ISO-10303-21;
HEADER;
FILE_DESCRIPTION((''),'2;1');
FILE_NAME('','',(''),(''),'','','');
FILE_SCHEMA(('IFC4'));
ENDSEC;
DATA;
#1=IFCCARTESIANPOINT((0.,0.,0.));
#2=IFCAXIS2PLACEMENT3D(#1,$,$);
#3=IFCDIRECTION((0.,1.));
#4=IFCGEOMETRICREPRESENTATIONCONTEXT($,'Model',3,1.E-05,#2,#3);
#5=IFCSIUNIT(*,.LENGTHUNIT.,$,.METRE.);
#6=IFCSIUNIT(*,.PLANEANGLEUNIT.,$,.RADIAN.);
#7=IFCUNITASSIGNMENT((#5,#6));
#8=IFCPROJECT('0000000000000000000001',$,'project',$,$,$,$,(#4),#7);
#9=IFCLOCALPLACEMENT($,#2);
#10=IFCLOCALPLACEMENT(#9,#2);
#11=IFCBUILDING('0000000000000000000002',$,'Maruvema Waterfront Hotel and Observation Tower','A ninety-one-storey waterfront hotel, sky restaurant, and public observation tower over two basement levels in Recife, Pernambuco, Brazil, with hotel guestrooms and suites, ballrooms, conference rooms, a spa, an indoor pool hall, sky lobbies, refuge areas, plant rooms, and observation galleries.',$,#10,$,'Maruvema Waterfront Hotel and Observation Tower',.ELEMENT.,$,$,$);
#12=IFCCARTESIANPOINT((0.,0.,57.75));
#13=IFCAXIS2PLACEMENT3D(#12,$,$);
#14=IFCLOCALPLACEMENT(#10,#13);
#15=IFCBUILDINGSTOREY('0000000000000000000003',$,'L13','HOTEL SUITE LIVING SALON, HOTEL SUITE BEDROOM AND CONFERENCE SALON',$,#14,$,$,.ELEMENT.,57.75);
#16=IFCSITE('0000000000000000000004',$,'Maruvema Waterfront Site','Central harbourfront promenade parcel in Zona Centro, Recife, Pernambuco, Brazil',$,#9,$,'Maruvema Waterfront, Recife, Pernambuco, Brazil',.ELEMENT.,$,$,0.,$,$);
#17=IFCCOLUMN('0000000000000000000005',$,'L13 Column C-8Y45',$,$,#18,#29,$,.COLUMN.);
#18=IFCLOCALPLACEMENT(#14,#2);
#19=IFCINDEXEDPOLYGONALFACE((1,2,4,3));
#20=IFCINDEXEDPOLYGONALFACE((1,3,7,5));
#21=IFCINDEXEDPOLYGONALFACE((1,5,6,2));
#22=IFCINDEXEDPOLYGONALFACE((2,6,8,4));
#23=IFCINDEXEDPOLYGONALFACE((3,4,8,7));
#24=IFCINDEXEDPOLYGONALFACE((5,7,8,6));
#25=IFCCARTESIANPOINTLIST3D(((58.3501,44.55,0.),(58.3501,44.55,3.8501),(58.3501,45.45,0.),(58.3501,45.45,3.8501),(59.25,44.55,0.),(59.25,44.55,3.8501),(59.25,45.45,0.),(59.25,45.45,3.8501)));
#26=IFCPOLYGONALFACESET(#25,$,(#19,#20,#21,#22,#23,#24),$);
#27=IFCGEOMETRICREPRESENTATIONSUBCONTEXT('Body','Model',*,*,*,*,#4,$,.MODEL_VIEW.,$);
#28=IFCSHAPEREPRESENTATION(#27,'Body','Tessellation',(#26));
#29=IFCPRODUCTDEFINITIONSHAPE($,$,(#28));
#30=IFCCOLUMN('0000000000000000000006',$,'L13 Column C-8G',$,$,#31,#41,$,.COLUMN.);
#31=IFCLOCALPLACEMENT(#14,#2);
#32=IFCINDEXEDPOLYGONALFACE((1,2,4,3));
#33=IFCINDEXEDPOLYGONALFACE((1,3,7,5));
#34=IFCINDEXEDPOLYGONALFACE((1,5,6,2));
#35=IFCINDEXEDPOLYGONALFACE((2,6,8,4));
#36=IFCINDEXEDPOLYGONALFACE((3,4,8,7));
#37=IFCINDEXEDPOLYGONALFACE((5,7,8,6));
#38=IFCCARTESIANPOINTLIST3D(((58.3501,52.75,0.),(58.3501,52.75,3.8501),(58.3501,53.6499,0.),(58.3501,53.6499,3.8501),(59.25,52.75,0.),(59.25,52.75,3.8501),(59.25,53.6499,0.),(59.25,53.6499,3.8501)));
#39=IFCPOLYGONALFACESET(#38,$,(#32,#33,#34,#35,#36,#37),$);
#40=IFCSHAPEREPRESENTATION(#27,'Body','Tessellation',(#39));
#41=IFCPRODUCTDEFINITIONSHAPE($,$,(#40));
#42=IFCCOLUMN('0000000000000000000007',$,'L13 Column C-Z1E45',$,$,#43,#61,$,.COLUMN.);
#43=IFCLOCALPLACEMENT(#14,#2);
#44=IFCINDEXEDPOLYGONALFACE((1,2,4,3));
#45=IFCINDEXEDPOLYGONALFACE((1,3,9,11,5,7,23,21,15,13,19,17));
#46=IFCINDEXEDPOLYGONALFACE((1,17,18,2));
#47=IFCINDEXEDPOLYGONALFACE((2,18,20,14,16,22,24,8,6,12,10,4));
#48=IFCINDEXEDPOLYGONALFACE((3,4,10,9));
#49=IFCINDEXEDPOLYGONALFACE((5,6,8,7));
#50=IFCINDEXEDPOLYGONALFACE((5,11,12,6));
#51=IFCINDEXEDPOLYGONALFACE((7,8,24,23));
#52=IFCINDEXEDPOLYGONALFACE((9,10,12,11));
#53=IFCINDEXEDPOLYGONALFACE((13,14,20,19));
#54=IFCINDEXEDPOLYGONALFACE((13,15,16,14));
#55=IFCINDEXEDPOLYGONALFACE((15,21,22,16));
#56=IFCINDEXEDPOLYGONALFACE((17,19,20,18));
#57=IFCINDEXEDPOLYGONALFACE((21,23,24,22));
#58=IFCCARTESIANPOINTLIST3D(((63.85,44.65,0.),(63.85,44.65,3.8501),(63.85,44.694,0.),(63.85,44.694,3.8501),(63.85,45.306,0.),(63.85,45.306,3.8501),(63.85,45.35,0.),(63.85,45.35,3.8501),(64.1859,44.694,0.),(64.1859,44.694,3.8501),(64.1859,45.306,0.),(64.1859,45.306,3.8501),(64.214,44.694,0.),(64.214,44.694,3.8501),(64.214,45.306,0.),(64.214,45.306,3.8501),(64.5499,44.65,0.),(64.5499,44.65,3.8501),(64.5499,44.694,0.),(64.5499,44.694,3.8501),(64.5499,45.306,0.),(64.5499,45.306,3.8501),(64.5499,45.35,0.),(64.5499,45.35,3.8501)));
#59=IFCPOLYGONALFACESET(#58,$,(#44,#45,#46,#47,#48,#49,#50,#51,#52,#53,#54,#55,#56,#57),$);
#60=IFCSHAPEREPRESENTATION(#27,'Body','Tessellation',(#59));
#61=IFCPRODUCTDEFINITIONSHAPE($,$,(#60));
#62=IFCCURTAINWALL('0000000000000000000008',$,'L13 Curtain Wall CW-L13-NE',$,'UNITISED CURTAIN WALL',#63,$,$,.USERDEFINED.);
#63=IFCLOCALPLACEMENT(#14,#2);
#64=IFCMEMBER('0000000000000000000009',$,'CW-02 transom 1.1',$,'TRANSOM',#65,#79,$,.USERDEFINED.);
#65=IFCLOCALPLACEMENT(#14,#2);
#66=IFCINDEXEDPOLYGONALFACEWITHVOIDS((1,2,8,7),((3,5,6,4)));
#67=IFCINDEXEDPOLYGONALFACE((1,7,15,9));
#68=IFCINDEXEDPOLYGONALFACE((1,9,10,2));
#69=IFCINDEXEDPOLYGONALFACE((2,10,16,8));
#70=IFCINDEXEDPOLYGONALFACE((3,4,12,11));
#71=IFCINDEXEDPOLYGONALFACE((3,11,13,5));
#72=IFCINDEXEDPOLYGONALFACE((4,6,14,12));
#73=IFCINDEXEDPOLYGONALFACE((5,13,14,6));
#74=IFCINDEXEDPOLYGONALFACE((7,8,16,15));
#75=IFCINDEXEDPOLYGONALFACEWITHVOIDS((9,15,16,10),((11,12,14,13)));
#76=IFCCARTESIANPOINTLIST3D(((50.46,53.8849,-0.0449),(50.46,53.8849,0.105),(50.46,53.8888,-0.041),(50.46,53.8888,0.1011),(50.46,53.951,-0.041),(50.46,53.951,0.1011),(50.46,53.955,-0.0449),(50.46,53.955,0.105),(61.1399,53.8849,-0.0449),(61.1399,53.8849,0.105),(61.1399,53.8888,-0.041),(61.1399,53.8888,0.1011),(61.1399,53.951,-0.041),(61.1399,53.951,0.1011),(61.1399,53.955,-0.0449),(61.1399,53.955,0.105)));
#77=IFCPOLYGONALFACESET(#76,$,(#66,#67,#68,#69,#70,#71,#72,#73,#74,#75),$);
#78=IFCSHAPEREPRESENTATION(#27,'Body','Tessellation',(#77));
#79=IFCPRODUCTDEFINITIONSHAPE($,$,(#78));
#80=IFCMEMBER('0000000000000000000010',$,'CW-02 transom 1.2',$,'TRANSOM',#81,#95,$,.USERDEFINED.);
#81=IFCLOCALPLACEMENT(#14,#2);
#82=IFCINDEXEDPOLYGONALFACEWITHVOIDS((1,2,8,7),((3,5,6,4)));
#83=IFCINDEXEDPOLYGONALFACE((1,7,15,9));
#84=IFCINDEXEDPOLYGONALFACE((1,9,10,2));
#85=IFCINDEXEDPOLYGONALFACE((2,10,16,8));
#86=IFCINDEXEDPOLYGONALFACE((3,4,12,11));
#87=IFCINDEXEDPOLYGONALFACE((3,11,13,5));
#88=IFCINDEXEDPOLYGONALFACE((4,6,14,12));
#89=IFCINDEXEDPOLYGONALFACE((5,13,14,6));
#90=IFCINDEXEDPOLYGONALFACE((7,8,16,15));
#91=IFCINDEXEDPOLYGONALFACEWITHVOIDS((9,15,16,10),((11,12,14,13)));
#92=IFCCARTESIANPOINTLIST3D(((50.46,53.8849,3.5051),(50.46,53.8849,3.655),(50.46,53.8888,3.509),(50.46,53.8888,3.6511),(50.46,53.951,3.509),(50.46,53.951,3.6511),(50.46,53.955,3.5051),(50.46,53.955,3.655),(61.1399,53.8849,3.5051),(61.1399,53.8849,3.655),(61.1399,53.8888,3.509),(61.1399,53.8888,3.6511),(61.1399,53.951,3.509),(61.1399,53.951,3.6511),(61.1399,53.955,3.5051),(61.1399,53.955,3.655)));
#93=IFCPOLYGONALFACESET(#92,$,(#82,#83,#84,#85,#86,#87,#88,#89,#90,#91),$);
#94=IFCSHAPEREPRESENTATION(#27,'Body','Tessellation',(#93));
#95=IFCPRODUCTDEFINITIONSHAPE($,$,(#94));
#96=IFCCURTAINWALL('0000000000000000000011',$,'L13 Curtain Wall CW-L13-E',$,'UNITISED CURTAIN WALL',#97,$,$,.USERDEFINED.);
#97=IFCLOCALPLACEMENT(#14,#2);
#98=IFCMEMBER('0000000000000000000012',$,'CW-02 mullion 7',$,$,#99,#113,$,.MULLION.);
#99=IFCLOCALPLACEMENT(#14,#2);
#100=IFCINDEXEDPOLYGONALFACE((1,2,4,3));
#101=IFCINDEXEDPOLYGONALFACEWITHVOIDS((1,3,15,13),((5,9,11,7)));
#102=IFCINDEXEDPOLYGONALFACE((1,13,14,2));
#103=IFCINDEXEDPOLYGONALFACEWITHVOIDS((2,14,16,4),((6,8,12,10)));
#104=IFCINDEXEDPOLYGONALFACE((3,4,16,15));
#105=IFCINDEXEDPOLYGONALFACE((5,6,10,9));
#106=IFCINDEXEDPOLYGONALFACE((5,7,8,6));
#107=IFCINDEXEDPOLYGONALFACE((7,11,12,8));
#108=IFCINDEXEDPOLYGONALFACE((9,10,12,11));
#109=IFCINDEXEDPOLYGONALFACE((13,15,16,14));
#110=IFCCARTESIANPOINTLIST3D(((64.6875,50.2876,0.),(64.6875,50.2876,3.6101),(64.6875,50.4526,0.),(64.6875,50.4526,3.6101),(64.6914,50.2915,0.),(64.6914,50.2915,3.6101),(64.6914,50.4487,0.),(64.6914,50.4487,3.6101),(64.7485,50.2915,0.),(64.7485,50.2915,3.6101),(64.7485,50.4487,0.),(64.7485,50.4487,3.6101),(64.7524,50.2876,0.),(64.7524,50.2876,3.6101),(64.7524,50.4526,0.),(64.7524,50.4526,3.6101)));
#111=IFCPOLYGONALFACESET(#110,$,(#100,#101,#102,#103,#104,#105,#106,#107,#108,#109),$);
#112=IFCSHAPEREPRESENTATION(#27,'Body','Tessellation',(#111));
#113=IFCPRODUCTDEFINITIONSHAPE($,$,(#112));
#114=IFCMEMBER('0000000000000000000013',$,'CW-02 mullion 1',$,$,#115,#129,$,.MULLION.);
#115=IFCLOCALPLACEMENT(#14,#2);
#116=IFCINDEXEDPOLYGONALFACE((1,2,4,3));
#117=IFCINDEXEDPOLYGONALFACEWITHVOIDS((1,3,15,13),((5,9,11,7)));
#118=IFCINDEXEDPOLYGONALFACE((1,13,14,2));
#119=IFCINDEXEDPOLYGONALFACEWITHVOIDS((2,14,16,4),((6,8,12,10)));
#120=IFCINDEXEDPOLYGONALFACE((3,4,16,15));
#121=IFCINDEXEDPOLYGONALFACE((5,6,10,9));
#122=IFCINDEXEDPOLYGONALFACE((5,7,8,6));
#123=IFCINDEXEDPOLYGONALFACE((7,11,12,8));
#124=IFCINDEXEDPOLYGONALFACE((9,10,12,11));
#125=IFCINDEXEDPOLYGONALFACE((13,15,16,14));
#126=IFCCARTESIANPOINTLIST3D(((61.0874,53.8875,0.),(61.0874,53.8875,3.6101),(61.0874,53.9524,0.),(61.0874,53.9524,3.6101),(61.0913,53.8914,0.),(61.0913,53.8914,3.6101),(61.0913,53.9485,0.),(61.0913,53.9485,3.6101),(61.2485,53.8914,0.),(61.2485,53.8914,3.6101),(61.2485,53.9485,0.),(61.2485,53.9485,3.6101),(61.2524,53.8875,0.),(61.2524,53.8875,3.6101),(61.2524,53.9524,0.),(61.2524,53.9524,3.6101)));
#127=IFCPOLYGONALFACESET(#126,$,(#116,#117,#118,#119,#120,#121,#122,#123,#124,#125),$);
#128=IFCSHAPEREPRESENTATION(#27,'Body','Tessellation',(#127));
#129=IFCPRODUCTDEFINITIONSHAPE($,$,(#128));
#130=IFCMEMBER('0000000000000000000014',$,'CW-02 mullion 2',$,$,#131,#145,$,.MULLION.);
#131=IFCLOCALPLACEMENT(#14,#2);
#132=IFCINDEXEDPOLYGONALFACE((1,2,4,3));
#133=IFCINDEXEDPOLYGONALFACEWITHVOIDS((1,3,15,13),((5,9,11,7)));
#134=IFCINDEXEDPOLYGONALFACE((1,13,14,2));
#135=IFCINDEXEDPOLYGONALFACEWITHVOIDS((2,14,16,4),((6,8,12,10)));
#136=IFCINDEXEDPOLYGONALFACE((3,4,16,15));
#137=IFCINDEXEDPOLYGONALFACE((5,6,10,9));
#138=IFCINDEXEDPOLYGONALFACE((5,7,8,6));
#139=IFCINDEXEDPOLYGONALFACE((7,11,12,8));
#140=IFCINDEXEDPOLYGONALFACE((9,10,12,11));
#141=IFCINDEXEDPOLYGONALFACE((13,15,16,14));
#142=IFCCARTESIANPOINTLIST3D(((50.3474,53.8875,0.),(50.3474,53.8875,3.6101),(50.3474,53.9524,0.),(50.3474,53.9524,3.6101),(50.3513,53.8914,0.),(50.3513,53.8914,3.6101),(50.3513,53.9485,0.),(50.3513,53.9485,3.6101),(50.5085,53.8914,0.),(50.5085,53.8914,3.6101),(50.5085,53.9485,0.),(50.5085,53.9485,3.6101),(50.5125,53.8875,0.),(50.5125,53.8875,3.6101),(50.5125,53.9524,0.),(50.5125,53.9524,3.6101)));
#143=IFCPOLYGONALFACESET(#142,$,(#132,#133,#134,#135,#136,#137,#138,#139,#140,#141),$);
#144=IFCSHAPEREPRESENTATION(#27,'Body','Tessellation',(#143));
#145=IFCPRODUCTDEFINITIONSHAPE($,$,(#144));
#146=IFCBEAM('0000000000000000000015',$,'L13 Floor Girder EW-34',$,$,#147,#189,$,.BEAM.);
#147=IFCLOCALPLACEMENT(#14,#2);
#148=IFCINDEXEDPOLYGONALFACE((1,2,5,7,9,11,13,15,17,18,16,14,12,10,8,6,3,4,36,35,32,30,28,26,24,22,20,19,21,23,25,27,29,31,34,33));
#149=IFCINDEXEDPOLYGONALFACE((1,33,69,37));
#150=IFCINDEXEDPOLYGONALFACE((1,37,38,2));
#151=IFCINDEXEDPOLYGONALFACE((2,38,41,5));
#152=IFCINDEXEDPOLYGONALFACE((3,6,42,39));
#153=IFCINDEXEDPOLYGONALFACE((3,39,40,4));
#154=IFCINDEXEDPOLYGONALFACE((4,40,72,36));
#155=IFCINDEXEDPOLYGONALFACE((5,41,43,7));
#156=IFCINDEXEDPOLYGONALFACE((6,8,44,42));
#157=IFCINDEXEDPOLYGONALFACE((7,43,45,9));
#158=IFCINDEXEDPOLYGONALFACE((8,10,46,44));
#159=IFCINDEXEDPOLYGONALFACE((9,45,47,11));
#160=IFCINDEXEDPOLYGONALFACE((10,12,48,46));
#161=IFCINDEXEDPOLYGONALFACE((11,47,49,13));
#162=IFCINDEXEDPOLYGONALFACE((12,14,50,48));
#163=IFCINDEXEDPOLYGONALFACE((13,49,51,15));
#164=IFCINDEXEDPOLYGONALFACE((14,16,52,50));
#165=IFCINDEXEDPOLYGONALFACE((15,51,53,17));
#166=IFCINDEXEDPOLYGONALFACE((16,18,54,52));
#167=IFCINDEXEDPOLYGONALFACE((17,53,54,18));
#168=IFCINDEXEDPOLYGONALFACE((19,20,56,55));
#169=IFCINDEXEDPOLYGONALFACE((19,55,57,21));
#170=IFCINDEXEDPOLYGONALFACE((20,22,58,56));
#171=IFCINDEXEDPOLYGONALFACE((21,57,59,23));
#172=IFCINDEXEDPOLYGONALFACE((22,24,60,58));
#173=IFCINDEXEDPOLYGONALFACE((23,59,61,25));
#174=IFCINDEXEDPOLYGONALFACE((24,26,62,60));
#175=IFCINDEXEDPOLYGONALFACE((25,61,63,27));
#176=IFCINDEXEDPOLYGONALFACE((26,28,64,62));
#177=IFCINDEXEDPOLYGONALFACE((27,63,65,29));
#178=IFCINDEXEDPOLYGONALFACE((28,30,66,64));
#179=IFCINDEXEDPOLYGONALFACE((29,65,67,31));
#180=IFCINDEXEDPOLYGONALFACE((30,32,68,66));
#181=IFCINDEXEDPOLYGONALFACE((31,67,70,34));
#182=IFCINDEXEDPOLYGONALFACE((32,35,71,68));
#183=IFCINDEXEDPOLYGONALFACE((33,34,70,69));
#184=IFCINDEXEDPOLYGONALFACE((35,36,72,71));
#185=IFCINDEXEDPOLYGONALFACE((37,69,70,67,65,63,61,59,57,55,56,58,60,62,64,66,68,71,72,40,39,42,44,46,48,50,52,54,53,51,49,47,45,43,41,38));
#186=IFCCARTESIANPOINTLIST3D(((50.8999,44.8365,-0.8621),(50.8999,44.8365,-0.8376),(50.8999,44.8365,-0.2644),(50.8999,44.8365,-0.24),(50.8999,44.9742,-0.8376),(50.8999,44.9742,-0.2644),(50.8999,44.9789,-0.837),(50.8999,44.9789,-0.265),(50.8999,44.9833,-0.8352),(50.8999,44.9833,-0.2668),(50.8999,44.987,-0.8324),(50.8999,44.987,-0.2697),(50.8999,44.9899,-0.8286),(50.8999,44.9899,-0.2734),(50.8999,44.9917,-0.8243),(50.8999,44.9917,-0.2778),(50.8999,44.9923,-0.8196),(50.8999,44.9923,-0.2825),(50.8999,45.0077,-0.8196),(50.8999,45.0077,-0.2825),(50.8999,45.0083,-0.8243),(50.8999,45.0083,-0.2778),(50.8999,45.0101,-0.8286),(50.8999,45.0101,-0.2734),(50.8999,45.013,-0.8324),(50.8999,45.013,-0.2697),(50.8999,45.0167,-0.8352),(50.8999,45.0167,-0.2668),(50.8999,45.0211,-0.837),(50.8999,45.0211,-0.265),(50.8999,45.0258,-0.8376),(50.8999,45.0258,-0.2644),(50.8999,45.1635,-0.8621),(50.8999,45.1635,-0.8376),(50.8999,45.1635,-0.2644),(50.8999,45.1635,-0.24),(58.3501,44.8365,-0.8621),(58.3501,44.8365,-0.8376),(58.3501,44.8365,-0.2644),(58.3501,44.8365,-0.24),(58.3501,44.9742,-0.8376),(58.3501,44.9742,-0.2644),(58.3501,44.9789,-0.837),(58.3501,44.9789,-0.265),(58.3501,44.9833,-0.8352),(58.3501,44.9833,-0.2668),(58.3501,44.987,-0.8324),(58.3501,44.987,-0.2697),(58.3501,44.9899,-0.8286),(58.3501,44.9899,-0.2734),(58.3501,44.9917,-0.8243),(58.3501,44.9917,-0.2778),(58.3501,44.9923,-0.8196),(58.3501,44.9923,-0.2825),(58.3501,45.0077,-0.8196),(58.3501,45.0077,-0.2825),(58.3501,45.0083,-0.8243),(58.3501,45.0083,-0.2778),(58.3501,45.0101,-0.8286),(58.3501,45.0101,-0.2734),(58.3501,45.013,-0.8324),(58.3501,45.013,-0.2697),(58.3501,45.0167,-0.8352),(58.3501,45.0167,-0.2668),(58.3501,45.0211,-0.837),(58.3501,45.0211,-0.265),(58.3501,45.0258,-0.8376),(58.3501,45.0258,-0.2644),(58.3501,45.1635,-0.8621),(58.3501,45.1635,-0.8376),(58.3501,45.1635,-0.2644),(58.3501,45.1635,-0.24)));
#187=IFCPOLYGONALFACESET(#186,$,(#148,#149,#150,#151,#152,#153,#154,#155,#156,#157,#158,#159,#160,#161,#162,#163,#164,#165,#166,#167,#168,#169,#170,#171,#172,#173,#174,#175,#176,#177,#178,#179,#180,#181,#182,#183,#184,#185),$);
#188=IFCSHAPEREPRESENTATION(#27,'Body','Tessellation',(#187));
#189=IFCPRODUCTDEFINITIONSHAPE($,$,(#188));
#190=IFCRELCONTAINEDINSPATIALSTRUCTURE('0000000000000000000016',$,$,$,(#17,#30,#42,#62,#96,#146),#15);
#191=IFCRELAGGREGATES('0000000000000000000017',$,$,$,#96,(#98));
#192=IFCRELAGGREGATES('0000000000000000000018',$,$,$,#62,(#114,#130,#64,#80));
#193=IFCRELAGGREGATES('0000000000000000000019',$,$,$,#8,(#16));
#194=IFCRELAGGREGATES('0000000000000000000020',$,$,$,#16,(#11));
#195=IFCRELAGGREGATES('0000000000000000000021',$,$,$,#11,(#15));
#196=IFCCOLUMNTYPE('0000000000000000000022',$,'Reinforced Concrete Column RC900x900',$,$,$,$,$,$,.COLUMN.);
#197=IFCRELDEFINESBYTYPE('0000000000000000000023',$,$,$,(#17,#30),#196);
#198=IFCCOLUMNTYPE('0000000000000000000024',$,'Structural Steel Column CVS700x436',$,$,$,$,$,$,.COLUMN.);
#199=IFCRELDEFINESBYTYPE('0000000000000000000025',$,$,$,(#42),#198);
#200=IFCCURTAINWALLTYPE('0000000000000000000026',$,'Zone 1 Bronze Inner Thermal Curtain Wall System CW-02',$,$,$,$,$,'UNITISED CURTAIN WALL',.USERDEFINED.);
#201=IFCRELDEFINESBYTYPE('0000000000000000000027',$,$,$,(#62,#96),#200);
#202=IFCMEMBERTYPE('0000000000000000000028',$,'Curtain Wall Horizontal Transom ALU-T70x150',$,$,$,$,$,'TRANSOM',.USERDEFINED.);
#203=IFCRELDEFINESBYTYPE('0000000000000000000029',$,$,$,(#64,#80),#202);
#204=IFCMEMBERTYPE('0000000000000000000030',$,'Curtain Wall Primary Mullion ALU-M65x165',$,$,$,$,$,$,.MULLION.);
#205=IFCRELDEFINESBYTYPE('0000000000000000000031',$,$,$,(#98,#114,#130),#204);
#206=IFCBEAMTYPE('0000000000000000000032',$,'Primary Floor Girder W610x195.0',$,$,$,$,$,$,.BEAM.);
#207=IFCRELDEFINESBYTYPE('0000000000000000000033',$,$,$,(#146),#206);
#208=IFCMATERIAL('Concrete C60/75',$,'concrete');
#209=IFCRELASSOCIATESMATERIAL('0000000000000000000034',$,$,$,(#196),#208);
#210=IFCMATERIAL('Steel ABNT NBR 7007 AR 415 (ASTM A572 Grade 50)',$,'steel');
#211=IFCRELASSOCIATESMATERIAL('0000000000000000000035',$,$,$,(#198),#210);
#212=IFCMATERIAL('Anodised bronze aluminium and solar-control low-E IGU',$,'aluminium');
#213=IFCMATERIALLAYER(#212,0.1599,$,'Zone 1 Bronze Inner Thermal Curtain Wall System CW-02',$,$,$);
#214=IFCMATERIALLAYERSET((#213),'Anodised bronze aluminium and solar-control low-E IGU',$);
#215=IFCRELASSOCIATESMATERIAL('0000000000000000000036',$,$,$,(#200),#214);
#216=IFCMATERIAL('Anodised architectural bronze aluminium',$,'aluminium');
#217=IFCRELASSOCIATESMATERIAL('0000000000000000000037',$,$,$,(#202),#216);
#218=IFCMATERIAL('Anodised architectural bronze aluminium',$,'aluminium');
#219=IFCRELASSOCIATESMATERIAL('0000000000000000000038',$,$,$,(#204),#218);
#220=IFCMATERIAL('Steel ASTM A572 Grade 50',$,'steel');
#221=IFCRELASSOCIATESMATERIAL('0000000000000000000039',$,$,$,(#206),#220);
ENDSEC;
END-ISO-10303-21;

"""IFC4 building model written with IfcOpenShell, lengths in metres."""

from ifc_helpers import new_model, si_unit, direction, frame, origin, origin_2d, place, context, subcontext, project, spatial, rectangle, hollow_rectangle, i_section, extrude, material, layer, layer_set, material_profile, profile_set, type_object, element, aggregate, save


model = new_model("IFC4")

# Units and contexts
model_context = context("Model", 3, precision=1e-05, world=origin(), true_north=direction((0.0, 1.0)))
body_context = subcontext(model_context, "Body", "Model", "MODEL_VIEW")
ifc_project = project(units=[si_unit("LENGTHUNIT", "METRE"), si_unit("PLANEANGLEUNIT", "RADIAN")], contexts=[model_context])

# Site, building, storey
site_placement = place(None, origin())
site = spatial("IfcSite", under=ifc_project, at=site_placement, Name="Maruvema Waterfront Site", Description="Central harbourfront promenade parcel in Zona Centro, Recife, Pernambuco, Brazil", LongName="Maruvema Waterfront, Recife, Pernambuco, Brazil", CompositionType="ELEMENT", RefElevation=0.0)
building_placement = place(site_placement, origin())
building = spatial("IfcBuilding", under=site, at=building_placement, Name="Maruvema Waterfront Hotel and Observation Tower", Description="A ninety-one-storey waterfront hotel, sky restaurant, and public observation tower over two basement levels in Recife, Pernambuco, Brazil, with hotel guestrooms and suites, ballrooms, conference rooms, a spa, an indoor pool hall, sky lobbies, refuge areas, plant rooms, and observation galleries.", LongName="Maruvema Waterfront Hotel and Observation Tower", CompositionType="ELEMENT")
storey_placement = place(building_placement, frame((0.0, 0.0, 57.75)))
storey = spatial("IfcBuildingStorey", under=building, at=storey_placement, Name="L13", Description="HOTEL SUITE LIVING SALON, HOTEL SUITE BEDROOM AND CONFERENCE SALON", CompositionType="ELEMENT", Elevation=57.75)

# Columns
ifc_material_1 = material(Name="Concrete C60/75", Category="concrete")
ifc_material_profile_1 = material_profile(ifc_material_1, rectangle(XDim=0.8999, YDim=0.8999, at=origin_2d()), Name="RC900x900")
ifc_profile_set_1 = profile_set([ifc_material_profile_1], Name="Concrete C60/75")
column_type_1 = type_object("IfcColumnType", Name="Reinforced Concrete Column RC900x900", PredefinedType="COLUMN", material=ifc_profile_set_1)
for number, where, z_axis, x_axis, name in (
    (1, (58.8, 45.0, 0.0), (0.0, 0.0, 1.0), (1.0, 0.0, 0.0), "L13 Column C-8Y45"),
    (2, (58.8, 53.2, 0.0), (0.0, 0.0, 1.0), (1.0, 0.0, 0.0), "L13 Column C-8G"),
):
    element("IfcColumn", number, at=place(storey_placement, frame(where, z_axis=z_axis, x_axis=x_axis)), inside=storey, type_object=column_type_1, Name=name, PredefinedType="COLUMN", context=body_context, shape_type="SweptSolid", body=[
        extrude(rectangle(XDim=0.8999, YDim=0.8999, at=origin_2d()), origin(), (0.0, 0.0, 1.0), 3.8501),
    ])
ifc_material_2 = material(Name="Steel ABNT NBR 7007 AR 415 (ASTM A572 Grade 50)", Category="steel")
ifc_material_profile_2 = material_profile(ifc_material_2, i_section(OverallWidth=0.7, OverallDepth=0.7, WebThickness=0.0281, FlangeThickness=0.0439, at=origin_2d()), Name="CVS700x436")
ifc_profile_set_2 = profile_set([ifc_material_profile_2], Name="Steel ABNT NBR 7007 AR 415 (ASTM A572 Grade 50)")
column_type_2 = type_object("IfcColumnType", Name="Structural Steel Column CVS700x436", PredefinedType="COLUMN", material=ifc_profile_set_2)
column_placement = place(storey_placement, frame((64.2, 45.0, 0.0), z_axis=(0.0, 0.0, 1.0), x_axis=(1.0, 0.0, 0.0)))
element("IfcColumn", 3, at=column_placement, inside=storey, type_object=column_type_2, Name="L13 Column C-Z1E45", PredefinedType="COLUMN", context=body_context, shape_type="SweptSolid", body=[
    extrude(i_section(OverallWidth=0.7, OverallDepth=0.7, WebThickness=0.0281, FlangeThickness=0.0439, at=origin_2d()), origin(), (0.0, 0.0, 1.0), 3.8501),
])

# Curtain wall, members
ifc_material_3 = material(Name="Anodised bronze aluminium and solar-control low-E IGU", Category="aluminium")
ifc_layer_1 = layer(ifc_material_3, 0.1599, Name="Zone 1 Bronze Inner Thermal Curtain Wall System CW-02")
ifc_layer_set_1 = layer_set([ifc_layer_1], Name="Anodised bronze aluminium and solar-control low-E IGU")
curtain_wall_type = type_object("IfcCurtainWallType", Name="Zone 1 Bronze Inner Thermal Curtain Wall System CW-02", ElementType="UNITISED CURTAIN WALL", PredefinedType="USERDEFINED", material=ifc_layer_set_1)
curtain_wall_1_placement = place(storey_placement, origin())
curtain_wall_1 = element("IfcCurtainWall", 4, at=curtain_wall_1_placement, inside=storey, type_object=curtain_wall_type, Name="L13 Curtain Wall CW-L13-NE", ObjectType="UNITISED CURTAIN WALL", PredefinedType="USERDEFINED")
ifc_material_4 = material(Name="Anodised architectural bronze aluminium", Category="aluminium")
ifc_material_profile_3 = material_profile(ifc_material_4, hollow_rectangle(XDim=0.0701, YDim=0.1499, WallThickness=0.0039, at=origin_2d()), Name="ALU-T70x150")
ifc_profile_set_3 = profile_set([ifc_material_profile_3], Name="Anodised architectural bronze aluminium")
member_type_1 = type_object("IfcMemberType", Name="Curtain Wall Horizontal Transom ALU-T70x150", ElementType="TRANSOM", PredefinedType="USERDEFINED", material=ifc_profile_set_3)
member_1_placement = place(storey_placement, frame((61.1399, 53.9199, 0.03), z_axis=(-1.0, 0.0, 0.0), x_axis=(0.0, -1.0, 0.0)))
member_1 = element("IfcMember", 5, at=member_1_placement, type_object=member_type_1, Name="CW-02 transom 1.1", ObjectType="TRANSOM", PredefinedType="USERDEFINED", context=body_context, shape_type="SweptSolid", body=[
    extrude(hollow_rectangle(XDim=0.0701, YDim=0.1499, WallThickness=0.0039, at=origin_2d()), origin(), (0.0, 0.0, 1.0), 10.6799),
])
member_2_placement = place(storey_placement, frame((61.1399, 53.9199, 3.5801), z_axis=(-1.0, 0.0, 0.0), x_axis=(0.0, -1.0, 0.0)))
member_2 = element("IfcMember", 6, at=member_2_placement, type_object=member_type_1, Name="CW-02 transom 1.2", ObjectType="TRANSOM", PredefinedType="USERDEFINED", context=body_context, shape_type="SweptSolid", body=[
    extrude(hollow_rectangle(XDim=0.0701, YDim=0.1499, WallThickness=0.0039, at=origin_2d()), origin(), (0.0, 0.0, 1.0), 10.6799),
])

# Curtain wall, member
curtain_wall_2_placement = place(storey_placement, origin())
curtain_wall_2 = element("IfcCurtainWall", 7, at=curtain_wall_2_placement, inside=storey, type_object=curtain_wall_type, Name="L13 Curtain Wall CW-L13-E", ObjectType="UNITISED CURTAIN WALL", PredefinedType="USERDEFINED")
ifc_material_5 = material(Name="Anodised architectural bronze aluminium", Category="aluminium")
ifc_material_profile_4 = material_profile(ifc_material_5, hollow_rectangle(XDim=0.0649, YDim=0.165, WallThickness=0.0039, at=origin_2d()), Name="ALU-M65x165")
ifc_profile_set_4 = profile_set([ifc_material_profile_4], Name="Anodised architectural bronze aluminium")
member_type_2 = type_object("IfcMemberType", Name="Curtain Wall Primary Mullion ALU-M65x165", PredefinedType="MULLION", material=ifc_profile_set_4)
member_3_placement = place(storey_placement, frame((64.72, 50.3701, 0.0), z_axis=(0.0, 0.0, 1.0), x_axis=(-1.0, 0.0, 0.0)))
member_3 = element("IfcMember", 8, at=member_3_placement, type_object=member_type_2, Name="CW-02 mullion 7", PredefinedType="MULLION", context=body_context, shape_type="SweptSolid", body=[
    extrude(hollow_rectangle(XDim=0.0649, YDim=0.165, WallThickness=0.0039, at=origin_2d()), origin(), (0.0, 0.0, 1.0), 3.6101),
])

# Members
member_4_placement = place(storey_placement, frame((61.1699, 53.9199, 0.0), z_axis=(0.0, 0.0, 1.0), x_axis=(0.0, -1.0, 0.0)))
member_4 = element("IfcMember", 9, at=member_4_placement, type_object=member_type_2, Name="CW-02 mullion 1", PredefinedType="MULLION", context=body_context, shape_type="SweptSolid", body=[
    extrude(hollow_rectangle(XDim=0.0649, YDim=0.165, WallThickness=0.0039, at=origin_2d()), origin(), (0.0, 0.0, 1.0), 3.6101),
])
member_5_placement = place(storey_placement, frame((50.4299, 53.9199, 0.0), z_axis=(0.0, 0.0, 1.0), x_axis=(0.0, -1.0, 0.0)))
member_5 = element("IfcMember", 10, at=member_5_placement, type_object=member_type_2, Name="CW-02 mullion 2", PredefinedType="MULLION", context=body_context, shape_type="SweptSolid", body=[
    extrude(hollow_rectangle(XDim=0.0649, YDim=0.165, WallThickness=0.0039, at=origin_2d()), origin(), (0.0, 0.0, 1.0), 3.6101),
])

# Beam
ifc_material_6 = material(Name="Steel ASTM A572 Grade 50", Category="steel")
ifc_material_profile_5 = material_profile(ifc_material_6, i_section(OverallWidth=0.3269, OverallDepth=0.6221, WebThickness=0.0154, FlangeThickness=0.0244, FilletRadius=0.0181, at=origin_2d()), Name="W610x195.0")
ifc_profile_set_5 = profile_set([ifc_material_profile_5], Name="Steel ASTM A572 Grade 50")
beam_type = type_object("IfcBeamType", Name="Primary Floor Girder W610x195.0", PredefinedType="BEAM", material=ifc_profile_set_5)
beam_1_placement = place(storey_placement, frame((50.8999, 45.0, -0.551), z_axis=(1.0, 0.0, 0.0), x_axis=(0.0, 1.0, 0.0)))
element("IfcBeam", 11, at=beam_1_placement, inside=storey, type_object=beam_type, Name="L13 Floor Girder EW-34", PredefinedType="BEAM", context=body_context, shape_type="SweptSolid", body=[
    extrude(i_section(OverallWidth=0.3269, OverallDepth=0.6221, WebThickness=0.0154, FlangeThickness=0.0244, FilletRadius=0.0181, at=origin_2d()), origin(), (0.0, 0.0, 1.0), 7.4502),
])

aggregate(curtain_wall_2, [member_3])
aggregate(curtain_wall_1, [member_4, member_5, member_1, member_2])

save(model, "model.ifc")
